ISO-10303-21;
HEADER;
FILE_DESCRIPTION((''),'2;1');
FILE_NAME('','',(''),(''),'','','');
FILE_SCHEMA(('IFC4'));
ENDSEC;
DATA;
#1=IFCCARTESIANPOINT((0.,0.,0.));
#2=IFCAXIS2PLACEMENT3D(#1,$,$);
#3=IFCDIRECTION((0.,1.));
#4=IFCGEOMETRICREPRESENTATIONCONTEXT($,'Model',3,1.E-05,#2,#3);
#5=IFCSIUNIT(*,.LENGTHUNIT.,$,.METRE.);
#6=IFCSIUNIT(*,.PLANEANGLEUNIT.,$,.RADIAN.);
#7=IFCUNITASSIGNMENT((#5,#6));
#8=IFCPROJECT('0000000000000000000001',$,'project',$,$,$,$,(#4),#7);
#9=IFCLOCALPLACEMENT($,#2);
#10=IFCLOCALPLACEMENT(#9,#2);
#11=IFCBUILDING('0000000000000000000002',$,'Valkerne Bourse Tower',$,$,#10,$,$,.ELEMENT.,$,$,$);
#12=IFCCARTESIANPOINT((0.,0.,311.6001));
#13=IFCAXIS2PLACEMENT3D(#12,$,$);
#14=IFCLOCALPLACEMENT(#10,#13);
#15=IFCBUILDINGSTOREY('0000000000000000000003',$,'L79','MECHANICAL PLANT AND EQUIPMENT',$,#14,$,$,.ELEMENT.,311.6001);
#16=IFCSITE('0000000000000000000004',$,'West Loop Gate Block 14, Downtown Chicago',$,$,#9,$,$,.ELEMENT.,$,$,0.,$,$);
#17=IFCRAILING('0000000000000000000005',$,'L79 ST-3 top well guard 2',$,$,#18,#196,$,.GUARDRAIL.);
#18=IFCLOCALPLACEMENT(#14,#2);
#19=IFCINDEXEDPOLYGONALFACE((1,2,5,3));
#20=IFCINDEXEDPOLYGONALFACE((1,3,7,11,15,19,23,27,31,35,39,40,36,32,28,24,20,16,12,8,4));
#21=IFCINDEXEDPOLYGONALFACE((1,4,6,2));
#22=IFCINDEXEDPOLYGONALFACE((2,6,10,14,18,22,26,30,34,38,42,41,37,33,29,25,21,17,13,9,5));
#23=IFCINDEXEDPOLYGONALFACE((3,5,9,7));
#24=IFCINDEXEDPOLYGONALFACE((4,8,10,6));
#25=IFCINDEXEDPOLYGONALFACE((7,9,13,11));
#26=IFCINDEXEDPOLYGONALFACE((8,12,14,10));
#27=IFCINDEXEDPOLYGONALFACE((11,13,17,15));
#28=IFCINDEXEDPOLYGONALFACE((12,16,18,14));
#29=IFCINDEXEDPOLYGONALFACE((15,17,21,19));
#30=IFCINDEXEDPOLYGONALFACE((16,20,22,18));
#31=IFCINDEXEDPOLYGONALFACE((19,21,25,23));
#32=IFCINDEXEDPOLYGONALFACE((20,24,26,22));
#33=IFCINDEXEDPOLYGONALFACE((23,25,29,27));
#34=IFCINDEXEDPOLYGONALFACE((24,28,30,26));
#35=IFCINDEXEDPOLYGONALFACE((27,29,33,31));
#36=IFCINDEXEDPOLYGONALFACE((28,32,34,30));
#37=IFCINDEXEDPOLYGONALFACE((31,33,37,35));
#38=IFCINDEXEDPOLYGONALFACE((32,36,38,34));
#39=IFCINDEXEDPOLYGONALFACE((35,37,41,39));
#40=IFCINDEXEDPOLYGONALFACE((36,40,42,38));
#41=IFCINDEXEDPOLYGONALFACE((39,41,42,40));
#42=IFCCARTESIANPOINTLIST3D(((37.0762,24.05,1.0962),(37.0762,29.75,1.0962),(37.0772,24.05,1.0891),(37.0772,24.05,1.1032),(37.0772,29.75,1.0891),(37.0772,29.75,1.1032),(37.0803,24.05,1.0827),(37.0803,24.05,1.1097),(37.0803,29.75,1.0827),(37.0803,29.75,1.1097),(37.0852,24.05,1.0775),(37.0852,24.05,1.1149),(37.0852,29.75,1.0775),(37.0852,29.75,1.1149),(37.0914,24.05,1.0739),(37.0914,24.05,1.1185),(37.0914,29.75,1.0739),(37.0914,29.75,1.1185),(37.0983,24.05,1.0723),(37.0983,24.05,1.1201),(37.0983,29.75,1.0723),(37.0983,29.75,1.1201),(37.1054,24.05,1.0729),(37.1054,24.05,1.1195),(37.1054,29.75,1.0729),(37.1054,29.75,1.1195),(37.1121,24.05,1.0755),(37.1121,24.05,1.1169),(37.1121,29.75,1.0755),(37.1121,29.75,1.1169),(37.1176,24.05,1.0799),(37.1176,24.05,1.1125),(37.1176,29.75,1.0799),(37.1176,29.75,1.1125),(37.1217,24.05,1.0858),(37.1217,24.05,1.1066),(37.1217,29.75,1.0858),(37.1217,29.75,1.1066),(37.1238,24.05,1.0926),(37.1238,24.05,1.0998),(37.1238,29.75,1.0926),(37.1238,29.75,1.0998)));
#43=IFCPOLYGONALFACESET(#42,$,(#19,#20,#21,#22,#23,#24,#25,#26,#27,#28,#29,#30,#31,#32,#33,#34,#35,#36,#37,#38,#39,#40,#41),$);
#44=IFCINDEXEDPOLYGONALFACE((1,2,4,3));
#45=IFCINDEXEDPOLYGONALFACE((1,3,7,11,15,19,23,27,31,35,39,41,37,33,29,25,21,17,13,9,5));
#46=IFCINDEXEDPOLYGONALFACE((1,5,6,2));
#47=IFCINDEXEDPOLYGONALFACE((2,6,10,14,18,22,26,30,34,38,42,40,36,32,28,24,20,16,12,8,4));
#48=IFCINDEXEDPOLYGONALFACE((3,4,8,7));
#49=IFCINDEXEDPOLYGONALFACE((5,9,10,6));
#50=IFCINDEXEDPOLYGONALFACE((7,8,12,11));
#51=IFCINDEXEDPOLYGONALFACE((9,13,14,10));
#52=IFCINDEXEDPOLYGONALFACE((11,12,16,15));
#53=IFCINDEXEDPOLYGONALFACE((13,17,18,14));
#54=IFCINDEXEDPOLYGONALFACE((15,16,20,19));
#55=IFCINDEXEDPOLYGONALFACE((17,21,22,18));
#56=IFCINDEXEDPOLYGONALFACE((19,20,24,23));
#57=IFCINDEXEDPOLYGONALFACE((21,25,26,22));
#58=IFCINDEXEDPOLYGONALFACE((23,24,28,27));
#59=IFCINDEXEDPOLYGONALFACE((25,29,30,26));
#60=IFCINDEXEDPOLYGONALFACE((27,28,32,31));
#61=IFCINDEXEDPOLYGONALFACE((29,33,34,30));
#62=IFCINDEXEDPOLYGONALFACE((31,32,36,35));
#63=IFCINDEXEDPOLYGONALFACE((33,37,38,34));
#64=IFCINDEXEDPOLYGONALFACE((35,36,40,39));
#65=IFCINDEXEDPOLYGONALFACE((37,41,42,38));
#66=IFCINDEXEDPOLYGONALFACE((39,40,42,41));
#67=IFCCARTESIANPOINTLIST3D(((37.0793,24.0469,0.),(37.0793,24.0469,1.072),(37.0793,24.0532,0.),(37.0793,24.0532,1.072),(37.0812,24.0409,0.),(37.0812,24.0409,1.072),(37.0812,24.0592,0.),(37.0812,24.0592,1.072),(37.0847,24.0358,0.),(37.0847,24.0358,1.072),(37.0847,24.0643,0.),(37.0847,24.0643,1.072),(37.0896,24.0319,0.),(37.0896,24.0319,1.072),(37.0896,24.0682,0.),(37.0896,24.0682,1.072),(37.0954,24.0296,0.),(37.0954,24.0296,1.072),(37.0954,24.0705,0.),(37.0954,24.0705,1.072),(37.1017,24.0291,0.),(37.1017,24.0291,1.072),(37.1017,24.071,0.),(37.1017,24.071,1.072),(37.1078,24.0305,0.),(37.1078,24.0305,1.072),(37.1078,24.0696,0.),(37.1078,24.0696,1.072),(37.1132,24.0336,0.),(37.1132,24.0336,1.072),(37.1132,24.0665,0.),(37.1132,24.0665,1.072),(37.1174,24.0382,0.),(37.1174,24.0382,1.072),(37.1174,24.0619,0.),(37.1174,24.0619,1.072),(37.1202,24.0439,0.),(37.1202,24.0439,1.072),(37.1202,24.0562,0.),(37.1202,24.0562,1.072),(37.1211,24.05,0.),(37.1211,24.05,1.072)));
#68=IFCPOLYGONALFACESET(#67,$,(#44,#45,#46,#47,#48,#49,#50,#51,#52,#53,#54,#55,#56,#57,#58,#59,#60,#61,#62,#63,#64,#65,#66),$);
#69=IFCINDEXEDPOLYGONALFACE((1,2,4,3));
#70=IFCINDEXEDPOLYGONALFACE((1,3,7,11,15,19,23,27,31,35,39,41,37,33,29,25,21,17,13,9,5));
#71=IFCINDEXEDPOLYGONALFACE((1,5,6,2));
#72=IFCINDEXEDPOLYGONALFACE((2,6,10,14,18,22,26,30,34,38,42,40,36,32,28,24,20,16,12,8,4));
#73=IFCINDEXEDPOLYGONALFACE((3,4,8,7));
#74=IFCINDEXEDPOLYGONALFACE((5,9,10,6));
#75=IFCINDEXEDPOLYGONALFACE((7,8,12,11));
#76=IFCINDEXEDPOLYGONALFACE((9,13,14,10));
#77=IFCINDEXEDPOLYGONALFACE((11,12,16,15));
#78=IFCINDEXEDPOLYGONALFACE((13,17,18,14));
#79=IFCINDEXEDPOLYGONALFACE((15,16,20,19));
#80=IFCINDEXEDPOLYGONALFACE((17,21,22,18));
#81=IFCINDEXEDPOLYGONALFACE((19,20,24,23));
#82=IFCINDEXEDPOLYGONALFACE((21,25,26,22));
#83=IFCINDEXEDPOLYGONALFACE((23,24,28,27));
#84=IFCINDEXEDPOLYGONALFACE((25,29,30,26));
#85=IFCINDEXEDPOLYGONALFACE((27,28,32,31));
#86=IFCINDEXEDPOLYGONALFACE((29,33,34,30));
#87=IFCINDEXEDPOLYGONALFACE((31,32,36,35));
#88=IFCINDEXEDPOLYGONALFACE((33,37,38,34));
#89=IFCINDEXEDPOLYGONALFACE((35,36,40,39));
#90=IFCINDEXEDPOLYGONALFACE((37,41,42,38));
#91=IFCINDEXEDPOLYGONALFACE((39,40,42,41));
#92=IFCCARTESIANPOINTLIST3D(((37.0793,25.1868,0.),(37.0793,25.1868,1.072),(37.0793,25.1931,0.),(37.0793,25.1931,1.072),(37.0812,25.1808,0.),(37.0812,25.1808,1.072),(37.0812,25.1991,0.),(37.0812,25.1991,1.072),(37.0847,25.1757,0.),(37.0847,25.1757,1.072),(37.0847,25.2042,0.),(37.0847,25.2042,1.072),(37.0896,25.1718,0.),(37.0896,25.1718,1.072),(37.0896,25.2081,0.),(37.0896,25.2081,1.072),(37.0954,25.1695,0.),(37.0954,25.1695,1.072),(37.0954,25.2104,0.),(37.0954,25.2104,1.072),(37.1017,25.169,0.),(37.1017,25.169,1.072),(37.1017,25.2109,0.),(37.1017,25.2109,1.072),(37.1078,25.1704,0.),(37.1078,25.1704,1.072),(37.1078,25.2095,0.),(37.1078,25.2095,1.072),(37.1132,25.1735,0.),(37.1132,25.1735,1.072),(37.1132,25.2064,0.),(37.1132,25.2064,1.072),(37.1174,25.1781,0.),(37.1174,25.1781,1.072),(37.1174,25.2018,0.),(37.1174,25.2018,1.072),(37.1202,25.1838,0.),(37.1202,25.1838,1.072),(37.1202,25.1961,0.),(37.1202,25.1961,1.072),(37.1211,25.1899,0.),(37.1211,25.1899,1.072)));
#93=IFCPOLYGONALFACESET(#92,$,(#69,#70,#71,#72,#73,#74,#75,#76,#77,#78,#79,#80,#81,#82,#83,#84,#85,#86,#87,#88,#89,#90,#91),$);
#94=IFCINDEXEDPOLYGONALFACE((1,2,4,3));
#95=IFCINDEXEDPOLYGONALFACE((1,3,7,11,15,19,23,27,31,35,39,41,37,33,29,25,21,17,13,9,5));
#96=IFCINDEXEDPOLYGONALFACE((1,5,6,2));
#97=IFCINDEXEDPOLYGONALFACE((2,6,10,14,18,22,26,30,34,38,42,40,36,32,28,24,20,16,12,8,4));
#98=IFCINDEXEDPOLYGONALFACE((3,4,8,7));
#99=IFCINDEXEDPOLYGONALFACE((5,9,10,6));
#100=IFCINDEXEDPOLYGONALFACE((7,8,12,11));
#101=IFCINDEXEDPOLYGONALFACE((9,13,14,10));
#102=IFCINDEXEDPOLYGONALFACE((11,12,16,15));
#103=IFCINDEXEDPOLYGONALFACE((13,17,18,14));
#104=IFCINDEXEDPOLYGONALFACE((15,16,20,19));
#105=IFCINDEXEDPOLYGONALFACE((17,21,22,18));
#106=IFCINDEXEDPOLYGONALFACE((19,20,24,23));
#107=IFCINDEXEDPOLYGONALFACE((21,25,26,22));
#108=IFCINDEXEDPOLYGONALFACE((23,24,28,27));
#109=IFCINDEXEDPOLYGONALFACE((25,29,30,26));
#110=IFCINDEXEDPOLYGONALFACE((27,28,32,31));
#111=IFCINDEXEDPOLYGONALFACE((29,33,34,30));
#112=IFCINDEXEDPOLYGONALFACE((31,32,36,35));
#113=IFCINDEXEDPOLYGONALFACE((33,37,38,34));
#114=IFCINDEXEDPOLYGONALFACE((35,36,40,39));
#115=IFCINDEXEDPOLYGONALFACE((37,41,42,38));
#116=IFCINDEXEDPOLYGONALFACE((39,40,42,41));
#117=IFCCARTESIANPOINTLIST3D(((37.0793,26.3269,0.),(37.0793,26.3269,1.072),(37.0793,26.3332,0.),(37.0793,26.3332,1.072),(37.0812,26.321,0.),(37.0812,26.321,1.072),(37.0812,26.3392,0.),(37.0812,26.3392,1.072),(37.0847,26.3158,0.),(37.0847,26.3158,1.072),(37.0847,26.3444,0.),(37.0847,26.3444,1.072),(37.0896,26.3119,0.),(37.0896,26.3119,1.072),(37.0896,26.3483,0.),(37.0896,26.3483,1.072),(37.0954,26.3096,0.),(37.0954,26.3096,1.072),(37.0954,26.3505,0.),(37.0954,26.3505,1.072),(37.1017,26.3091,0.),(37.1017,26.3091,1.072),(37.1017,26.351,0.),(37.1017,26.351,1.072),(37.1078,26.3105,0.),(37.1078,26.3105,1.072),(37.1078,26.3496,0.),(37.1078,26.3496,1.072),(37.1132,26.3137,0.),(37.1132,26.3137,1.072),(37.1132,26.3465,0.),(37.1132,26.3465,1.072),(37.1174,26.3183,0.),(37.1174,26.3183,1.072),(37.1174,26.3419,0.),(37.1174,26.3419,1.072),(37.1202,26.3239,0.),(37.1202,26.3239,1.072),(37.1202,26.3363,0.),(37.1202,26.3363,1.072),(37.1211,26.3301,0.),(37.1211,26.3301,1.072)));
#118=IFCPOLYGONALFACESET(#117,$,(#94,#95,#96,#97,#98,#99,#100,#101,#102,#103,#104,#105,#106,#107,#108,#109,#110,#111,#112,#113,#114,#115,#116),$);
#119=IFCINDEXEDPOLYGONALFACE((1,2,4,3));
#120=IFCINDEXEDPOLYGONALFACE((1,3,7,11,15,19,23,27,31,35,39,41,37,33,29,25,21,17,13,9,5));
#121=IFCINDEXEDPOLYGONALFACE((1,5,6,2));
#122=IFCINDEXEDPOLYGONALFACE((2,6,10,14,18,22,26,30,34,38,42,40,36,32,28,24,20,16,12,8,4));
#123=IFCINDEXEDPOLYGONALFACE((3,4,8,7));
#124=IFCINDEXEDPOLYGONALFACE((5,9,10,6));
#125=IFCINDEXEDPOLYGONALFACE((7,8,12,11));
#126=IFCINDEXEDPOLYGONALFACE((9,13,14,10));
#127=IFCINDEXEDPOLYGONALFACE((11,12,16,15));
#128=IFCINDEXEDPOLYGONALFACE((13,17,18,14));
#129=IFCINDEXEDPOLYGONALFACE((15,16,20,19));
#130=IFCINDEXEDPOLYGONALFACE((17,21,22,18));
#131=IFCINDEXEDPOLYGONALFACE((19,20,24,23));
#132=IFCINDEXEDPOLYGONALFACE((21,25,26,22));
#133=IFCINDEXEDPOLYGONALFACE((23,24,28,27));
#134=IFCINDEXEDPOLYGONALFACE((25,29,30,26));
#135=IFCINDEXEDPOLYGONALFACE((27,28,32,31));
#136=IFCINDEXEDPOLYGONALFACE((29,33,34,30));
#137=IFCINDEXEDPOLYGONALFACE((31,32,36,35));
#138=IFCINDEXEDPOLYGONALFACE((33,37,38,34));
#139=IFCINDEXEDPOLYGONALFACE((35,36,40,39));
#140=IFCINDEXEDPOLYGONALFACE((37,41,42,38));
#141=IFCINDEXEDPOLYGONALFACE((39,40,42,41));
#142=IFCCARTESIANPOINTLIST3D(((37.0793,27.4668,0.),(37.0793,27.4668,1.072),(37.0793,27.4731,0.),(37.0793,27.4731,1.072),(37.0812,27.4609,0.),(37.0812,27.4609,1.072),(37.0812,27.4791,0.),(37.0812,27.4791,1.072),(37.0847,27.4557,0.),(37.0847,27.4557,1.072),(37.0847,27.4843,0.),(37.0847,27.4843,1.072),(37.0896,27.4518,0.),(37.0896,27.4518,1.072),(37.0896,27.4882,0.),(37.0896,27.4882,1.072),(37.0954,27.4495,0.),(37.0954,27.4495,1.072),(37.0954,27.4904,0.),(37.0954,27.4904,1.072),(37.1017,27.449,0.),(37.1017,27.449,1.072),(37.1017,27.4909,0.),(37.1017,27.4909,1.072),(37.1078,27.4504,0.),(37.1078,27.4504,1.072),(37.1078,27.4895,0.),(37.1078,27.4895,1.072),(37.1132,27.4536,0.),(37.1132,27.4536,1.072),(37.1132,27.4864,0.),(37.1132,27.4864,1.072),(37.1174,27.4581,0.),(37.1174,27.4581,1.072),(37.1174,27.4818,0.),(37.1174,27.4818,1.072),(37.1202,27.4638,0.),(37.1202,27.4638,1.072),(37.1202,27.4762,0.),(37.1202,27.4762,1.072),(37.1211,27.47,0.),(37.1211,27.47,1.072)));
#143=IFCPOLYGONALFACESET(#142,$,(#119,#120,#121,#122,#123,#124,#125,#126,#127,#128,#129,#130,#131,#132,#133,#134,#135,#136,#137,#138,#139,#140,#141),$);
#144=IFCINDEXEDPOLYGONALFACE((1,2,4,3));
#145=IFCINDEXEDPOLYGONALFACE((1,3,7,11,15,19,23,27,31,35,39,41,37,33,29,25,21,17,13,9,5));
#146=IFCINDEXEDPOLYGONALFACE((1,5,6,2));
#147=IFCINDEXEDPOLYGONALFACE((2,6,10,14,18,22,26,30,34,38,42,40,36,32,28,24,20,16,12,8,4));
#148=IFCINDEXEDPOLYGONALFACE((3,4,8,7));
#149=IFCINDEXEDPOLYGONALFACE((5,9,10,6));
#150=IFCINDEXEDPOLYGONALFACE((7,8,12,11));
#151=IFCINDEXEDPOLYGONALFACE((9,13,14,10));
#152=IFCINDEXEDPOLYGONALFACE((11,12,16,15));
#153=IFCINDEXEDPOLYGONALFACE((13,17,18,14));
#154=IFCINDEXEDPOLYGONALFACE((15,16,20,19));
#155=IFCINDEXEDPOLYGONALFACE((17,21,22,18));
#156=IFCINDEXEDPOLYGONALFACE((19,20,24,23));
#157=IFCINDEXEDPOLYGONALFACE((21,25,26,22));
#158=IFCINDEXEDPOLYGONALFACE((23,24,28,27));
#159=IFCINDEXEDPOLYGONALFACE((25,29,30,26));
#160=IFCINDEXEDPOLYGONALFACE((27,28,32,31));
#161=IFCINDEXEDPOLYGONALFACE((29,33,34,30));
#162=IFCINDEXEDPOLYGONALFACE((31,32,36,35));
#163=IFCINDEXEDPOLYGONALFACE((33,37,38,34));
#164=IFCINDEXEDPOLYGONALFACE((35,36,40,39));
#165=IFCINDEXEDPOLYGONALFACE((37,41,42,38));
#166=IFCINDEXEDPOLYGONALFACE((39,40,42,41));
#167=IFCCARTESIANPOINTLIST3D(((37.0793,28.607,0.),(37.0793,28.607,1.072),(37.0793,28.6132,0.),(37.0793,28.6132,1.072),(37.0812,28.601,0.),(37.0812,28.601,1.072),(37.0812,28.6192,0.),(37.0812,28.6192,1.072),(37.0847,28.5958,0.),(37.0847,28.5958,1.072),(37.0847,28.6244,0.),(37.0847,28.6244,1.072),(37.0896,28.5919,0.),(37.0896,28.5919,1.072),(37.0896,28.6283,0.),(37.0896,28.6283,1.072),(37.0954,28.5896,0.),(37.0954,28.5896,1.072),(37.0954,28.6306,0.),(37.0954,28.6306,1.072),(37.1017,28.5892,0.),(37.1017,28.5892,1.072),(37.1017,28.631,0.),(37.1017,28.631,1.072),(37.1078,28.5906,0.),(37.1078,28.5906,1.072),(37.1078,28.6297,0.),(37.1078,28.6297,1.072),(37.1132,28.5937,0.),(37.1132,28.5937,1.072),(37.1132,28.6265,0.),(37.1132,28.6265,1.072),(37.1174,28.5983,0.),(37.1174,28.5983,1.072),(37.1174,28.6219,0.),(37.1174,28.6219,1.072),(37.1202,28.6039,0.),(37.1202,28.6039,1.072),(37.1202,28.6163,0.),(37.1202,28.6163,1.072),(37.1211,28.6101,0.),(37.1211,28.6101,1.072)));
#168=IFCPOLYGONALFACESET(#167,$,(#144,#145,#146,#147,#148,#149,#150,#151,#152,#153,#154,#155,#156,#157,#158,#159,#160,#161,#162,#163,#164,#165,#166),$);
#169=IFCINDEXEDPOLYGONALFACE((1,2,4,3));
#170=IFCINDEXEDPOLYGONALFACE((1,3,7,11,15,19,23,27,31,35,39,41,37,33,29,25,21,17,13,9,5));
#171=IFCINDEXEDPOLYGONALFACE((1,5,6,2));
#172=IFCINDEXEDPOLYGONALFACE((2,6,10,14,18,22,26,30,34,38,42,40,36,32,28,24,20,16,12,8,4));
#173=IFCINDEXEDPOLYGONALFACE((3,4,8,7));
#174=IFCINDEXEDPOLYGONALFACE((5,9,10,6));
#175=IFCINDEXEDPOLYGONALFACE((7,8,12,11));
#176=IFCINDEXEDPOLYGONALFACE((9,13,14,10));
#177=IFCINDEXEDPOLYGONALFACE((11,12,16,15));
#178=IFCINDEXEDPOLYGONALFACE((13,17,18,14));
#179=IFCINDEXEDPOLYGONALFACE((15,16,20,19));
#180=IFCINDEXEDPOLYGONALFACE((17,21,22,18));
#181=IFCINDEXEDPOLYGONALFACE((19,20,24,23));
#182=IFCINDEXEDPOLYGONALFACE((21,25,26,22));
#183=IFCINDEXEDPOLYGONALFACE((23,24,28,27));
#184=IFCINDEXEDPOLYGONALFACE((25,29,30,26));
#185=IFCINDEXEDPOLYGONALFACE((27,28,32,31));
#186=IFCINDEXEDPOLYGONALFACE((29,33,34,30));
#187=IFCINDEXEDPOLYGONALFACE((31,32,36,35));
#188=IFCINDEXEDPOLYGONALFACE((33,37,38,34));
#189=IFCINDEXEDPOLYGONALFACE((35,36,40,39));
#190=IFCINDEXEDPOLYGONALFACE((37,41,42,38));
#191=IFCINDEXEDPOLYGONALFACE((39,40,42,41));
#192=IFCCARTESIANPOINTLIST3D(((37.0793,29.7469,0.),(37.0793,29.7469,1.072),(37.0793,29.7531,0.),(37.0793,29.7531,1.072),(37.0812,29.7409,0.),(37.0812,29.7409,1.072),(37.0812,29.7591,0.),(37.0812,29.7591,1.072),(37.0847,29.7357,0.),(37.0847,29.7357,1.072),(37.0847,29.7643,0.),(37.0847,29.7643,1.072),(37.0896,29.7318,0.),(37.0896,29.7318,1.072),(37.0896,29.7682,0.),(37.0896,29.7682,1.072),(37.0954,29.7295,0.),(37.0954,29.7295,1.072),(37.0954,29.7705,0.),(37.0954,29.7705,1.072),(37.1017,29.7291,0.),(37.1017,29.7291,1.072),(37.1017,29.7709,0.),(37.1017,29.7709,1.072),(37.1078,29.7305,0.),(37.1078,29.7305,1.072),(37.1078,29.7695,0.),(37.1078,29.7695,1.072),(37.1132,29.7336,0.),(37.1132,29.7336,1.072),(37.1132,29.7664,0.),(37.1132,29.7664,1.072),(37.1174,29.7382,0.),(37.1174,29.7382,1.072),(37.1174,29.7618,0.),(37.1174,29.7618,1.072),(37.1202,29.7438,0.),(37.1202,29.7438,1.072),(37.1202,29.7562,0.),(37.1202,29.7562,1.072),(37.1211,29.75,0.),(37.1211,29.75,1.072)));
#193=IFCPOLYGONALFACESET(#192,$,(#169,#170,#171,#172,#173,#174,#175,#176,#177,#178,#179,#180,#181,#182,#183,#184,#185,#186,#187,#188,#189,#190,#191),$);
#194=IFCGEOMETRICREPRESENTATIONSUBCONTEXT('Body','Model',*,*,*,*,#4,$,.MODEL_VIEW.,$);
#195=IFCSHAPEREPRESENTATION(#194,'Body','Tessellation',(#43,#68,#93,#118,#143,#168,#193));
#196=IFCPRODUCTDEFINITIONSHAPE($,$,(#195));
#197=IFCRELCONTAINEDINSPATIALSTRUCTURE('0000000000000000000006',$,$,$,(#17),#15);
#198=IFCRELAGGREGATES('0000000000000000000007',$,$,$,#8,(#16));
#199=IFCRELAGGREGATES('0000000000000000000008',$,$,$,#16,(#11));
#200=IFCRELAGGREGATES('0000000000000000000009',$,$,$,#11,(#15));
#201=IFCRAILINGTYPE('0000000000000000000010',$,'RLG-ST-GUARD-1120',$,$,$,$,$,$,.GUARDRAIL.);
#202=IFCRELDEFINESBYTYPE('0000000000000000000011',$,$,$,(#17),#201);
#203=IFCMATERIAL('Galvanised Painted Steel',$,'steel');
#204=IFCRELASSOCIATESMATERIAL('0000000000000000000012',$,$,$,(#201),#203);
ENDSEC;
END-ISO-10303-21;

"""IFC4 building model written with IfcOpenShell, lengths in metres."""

from ifc_helpers import new_model, si_unit, direction, frame, origin, origin_2d, place, context, subcontext, project, spatial, circle, extrude, material, type_object, element, save


model = new_model("IFC4")

# Units and contexts
model_context = context("Model", 3, precision=1e-05, world=origin(), true_north=direction((0.0, 1.0)))
body_context = subcontext(model_context, "Body", "Model", "MODEL_VIEW")
ifc_project = project(units=[si_unit("LENGTHUNIT", "METRE"), si_unit("PLANEANGLEUNIT", "RADIAN")], contexts=[model_context])

# Site, building, storey
site_placement = place(None, origin())
site = spatial("IfcSite", under=ifc_project, at=site_placement, Name="West Loop Gate Block 14, Downtown Chicago", CompositionType="ELEMENT", RefElevation=0.0)
building_placement = place(site_placement, origin())
building = spatial("IfcBuilding", under=site, at=building_placement, Name="Valkerne Bourse Tower", CompositionType="ELEMENT")
storey_placement = place(building_placement, frame((0.0, 0.0, 311.6001)))
storey = spatial("IfcBuildingStorey", under=building, at=storey_placement, Name="L79", Description="MECHANICAL PLANT AND EQUIPMENT", CompositionType="ELEMENT", Elevation=311.6001)

# Railing
ifc_material_1 = material(Name="Galvanised Painted Steel", Category="steel")
railing_type = type_object("IfcRailingType", Name="RLG-ST-GUARD-1120", PredefinedType="GUARDRAIL", material=ifc_material_1)
railing_1_placement = place(storey_placement, frame((37.1001, 24.05, 0.0)))
element("IfcRailing", 1, at=railing_1_placement, inside=storey, type_object=railing_type, Name="L79 ST-3 top well guard 2", PredefinedType="GUARDRAIL", context=body_context, shape_type="SweptSolid", body=[
    extrude(circle(Radius=0.0239, at=origin_2d()), frame((0.0, 0.0, 1.0962), z_axis=(0.0, 1.0, 0.0), x_axis=(-1.0, 0.0, 0.0)), (0.0, 0.0, 1.0), 5.7),
    extrude(circle(Radius=0.021, at=origin_2d()), origin(), (0.0, 0.0, 1.0), 1.072),
    extrude(circle(Radius=0.021, at=origin_2d()), frame((0.0, 1.1399, 0.0)), (0.0, 0.0, 1.0), 1.072),
    extrude(circle(Radius=0.021, at=origin_2d()), frame((0.0, 2.28, 0.0)), (0.0, 0.0, 1.0), 1.072),
    extrude(circle(Radius=0.021, at=origin_2d()), frame((0.0, 3.4199, 0.0)), (0.0, 0.0, 1.0), 1.072),
    extrude(circle(Radius=0.021, at=origin_2d()), frame((0.0, 4.5601, 0.0)), (0.0, 0.0, 1.0), 1.072),
    extrude(circle(Radius=0.021, at=origin_2d()), frame((0.0, 5.7, 0.0)), (0.0, 0.0, 1.0), 1.072),
])

save(model, "model.ifc")
